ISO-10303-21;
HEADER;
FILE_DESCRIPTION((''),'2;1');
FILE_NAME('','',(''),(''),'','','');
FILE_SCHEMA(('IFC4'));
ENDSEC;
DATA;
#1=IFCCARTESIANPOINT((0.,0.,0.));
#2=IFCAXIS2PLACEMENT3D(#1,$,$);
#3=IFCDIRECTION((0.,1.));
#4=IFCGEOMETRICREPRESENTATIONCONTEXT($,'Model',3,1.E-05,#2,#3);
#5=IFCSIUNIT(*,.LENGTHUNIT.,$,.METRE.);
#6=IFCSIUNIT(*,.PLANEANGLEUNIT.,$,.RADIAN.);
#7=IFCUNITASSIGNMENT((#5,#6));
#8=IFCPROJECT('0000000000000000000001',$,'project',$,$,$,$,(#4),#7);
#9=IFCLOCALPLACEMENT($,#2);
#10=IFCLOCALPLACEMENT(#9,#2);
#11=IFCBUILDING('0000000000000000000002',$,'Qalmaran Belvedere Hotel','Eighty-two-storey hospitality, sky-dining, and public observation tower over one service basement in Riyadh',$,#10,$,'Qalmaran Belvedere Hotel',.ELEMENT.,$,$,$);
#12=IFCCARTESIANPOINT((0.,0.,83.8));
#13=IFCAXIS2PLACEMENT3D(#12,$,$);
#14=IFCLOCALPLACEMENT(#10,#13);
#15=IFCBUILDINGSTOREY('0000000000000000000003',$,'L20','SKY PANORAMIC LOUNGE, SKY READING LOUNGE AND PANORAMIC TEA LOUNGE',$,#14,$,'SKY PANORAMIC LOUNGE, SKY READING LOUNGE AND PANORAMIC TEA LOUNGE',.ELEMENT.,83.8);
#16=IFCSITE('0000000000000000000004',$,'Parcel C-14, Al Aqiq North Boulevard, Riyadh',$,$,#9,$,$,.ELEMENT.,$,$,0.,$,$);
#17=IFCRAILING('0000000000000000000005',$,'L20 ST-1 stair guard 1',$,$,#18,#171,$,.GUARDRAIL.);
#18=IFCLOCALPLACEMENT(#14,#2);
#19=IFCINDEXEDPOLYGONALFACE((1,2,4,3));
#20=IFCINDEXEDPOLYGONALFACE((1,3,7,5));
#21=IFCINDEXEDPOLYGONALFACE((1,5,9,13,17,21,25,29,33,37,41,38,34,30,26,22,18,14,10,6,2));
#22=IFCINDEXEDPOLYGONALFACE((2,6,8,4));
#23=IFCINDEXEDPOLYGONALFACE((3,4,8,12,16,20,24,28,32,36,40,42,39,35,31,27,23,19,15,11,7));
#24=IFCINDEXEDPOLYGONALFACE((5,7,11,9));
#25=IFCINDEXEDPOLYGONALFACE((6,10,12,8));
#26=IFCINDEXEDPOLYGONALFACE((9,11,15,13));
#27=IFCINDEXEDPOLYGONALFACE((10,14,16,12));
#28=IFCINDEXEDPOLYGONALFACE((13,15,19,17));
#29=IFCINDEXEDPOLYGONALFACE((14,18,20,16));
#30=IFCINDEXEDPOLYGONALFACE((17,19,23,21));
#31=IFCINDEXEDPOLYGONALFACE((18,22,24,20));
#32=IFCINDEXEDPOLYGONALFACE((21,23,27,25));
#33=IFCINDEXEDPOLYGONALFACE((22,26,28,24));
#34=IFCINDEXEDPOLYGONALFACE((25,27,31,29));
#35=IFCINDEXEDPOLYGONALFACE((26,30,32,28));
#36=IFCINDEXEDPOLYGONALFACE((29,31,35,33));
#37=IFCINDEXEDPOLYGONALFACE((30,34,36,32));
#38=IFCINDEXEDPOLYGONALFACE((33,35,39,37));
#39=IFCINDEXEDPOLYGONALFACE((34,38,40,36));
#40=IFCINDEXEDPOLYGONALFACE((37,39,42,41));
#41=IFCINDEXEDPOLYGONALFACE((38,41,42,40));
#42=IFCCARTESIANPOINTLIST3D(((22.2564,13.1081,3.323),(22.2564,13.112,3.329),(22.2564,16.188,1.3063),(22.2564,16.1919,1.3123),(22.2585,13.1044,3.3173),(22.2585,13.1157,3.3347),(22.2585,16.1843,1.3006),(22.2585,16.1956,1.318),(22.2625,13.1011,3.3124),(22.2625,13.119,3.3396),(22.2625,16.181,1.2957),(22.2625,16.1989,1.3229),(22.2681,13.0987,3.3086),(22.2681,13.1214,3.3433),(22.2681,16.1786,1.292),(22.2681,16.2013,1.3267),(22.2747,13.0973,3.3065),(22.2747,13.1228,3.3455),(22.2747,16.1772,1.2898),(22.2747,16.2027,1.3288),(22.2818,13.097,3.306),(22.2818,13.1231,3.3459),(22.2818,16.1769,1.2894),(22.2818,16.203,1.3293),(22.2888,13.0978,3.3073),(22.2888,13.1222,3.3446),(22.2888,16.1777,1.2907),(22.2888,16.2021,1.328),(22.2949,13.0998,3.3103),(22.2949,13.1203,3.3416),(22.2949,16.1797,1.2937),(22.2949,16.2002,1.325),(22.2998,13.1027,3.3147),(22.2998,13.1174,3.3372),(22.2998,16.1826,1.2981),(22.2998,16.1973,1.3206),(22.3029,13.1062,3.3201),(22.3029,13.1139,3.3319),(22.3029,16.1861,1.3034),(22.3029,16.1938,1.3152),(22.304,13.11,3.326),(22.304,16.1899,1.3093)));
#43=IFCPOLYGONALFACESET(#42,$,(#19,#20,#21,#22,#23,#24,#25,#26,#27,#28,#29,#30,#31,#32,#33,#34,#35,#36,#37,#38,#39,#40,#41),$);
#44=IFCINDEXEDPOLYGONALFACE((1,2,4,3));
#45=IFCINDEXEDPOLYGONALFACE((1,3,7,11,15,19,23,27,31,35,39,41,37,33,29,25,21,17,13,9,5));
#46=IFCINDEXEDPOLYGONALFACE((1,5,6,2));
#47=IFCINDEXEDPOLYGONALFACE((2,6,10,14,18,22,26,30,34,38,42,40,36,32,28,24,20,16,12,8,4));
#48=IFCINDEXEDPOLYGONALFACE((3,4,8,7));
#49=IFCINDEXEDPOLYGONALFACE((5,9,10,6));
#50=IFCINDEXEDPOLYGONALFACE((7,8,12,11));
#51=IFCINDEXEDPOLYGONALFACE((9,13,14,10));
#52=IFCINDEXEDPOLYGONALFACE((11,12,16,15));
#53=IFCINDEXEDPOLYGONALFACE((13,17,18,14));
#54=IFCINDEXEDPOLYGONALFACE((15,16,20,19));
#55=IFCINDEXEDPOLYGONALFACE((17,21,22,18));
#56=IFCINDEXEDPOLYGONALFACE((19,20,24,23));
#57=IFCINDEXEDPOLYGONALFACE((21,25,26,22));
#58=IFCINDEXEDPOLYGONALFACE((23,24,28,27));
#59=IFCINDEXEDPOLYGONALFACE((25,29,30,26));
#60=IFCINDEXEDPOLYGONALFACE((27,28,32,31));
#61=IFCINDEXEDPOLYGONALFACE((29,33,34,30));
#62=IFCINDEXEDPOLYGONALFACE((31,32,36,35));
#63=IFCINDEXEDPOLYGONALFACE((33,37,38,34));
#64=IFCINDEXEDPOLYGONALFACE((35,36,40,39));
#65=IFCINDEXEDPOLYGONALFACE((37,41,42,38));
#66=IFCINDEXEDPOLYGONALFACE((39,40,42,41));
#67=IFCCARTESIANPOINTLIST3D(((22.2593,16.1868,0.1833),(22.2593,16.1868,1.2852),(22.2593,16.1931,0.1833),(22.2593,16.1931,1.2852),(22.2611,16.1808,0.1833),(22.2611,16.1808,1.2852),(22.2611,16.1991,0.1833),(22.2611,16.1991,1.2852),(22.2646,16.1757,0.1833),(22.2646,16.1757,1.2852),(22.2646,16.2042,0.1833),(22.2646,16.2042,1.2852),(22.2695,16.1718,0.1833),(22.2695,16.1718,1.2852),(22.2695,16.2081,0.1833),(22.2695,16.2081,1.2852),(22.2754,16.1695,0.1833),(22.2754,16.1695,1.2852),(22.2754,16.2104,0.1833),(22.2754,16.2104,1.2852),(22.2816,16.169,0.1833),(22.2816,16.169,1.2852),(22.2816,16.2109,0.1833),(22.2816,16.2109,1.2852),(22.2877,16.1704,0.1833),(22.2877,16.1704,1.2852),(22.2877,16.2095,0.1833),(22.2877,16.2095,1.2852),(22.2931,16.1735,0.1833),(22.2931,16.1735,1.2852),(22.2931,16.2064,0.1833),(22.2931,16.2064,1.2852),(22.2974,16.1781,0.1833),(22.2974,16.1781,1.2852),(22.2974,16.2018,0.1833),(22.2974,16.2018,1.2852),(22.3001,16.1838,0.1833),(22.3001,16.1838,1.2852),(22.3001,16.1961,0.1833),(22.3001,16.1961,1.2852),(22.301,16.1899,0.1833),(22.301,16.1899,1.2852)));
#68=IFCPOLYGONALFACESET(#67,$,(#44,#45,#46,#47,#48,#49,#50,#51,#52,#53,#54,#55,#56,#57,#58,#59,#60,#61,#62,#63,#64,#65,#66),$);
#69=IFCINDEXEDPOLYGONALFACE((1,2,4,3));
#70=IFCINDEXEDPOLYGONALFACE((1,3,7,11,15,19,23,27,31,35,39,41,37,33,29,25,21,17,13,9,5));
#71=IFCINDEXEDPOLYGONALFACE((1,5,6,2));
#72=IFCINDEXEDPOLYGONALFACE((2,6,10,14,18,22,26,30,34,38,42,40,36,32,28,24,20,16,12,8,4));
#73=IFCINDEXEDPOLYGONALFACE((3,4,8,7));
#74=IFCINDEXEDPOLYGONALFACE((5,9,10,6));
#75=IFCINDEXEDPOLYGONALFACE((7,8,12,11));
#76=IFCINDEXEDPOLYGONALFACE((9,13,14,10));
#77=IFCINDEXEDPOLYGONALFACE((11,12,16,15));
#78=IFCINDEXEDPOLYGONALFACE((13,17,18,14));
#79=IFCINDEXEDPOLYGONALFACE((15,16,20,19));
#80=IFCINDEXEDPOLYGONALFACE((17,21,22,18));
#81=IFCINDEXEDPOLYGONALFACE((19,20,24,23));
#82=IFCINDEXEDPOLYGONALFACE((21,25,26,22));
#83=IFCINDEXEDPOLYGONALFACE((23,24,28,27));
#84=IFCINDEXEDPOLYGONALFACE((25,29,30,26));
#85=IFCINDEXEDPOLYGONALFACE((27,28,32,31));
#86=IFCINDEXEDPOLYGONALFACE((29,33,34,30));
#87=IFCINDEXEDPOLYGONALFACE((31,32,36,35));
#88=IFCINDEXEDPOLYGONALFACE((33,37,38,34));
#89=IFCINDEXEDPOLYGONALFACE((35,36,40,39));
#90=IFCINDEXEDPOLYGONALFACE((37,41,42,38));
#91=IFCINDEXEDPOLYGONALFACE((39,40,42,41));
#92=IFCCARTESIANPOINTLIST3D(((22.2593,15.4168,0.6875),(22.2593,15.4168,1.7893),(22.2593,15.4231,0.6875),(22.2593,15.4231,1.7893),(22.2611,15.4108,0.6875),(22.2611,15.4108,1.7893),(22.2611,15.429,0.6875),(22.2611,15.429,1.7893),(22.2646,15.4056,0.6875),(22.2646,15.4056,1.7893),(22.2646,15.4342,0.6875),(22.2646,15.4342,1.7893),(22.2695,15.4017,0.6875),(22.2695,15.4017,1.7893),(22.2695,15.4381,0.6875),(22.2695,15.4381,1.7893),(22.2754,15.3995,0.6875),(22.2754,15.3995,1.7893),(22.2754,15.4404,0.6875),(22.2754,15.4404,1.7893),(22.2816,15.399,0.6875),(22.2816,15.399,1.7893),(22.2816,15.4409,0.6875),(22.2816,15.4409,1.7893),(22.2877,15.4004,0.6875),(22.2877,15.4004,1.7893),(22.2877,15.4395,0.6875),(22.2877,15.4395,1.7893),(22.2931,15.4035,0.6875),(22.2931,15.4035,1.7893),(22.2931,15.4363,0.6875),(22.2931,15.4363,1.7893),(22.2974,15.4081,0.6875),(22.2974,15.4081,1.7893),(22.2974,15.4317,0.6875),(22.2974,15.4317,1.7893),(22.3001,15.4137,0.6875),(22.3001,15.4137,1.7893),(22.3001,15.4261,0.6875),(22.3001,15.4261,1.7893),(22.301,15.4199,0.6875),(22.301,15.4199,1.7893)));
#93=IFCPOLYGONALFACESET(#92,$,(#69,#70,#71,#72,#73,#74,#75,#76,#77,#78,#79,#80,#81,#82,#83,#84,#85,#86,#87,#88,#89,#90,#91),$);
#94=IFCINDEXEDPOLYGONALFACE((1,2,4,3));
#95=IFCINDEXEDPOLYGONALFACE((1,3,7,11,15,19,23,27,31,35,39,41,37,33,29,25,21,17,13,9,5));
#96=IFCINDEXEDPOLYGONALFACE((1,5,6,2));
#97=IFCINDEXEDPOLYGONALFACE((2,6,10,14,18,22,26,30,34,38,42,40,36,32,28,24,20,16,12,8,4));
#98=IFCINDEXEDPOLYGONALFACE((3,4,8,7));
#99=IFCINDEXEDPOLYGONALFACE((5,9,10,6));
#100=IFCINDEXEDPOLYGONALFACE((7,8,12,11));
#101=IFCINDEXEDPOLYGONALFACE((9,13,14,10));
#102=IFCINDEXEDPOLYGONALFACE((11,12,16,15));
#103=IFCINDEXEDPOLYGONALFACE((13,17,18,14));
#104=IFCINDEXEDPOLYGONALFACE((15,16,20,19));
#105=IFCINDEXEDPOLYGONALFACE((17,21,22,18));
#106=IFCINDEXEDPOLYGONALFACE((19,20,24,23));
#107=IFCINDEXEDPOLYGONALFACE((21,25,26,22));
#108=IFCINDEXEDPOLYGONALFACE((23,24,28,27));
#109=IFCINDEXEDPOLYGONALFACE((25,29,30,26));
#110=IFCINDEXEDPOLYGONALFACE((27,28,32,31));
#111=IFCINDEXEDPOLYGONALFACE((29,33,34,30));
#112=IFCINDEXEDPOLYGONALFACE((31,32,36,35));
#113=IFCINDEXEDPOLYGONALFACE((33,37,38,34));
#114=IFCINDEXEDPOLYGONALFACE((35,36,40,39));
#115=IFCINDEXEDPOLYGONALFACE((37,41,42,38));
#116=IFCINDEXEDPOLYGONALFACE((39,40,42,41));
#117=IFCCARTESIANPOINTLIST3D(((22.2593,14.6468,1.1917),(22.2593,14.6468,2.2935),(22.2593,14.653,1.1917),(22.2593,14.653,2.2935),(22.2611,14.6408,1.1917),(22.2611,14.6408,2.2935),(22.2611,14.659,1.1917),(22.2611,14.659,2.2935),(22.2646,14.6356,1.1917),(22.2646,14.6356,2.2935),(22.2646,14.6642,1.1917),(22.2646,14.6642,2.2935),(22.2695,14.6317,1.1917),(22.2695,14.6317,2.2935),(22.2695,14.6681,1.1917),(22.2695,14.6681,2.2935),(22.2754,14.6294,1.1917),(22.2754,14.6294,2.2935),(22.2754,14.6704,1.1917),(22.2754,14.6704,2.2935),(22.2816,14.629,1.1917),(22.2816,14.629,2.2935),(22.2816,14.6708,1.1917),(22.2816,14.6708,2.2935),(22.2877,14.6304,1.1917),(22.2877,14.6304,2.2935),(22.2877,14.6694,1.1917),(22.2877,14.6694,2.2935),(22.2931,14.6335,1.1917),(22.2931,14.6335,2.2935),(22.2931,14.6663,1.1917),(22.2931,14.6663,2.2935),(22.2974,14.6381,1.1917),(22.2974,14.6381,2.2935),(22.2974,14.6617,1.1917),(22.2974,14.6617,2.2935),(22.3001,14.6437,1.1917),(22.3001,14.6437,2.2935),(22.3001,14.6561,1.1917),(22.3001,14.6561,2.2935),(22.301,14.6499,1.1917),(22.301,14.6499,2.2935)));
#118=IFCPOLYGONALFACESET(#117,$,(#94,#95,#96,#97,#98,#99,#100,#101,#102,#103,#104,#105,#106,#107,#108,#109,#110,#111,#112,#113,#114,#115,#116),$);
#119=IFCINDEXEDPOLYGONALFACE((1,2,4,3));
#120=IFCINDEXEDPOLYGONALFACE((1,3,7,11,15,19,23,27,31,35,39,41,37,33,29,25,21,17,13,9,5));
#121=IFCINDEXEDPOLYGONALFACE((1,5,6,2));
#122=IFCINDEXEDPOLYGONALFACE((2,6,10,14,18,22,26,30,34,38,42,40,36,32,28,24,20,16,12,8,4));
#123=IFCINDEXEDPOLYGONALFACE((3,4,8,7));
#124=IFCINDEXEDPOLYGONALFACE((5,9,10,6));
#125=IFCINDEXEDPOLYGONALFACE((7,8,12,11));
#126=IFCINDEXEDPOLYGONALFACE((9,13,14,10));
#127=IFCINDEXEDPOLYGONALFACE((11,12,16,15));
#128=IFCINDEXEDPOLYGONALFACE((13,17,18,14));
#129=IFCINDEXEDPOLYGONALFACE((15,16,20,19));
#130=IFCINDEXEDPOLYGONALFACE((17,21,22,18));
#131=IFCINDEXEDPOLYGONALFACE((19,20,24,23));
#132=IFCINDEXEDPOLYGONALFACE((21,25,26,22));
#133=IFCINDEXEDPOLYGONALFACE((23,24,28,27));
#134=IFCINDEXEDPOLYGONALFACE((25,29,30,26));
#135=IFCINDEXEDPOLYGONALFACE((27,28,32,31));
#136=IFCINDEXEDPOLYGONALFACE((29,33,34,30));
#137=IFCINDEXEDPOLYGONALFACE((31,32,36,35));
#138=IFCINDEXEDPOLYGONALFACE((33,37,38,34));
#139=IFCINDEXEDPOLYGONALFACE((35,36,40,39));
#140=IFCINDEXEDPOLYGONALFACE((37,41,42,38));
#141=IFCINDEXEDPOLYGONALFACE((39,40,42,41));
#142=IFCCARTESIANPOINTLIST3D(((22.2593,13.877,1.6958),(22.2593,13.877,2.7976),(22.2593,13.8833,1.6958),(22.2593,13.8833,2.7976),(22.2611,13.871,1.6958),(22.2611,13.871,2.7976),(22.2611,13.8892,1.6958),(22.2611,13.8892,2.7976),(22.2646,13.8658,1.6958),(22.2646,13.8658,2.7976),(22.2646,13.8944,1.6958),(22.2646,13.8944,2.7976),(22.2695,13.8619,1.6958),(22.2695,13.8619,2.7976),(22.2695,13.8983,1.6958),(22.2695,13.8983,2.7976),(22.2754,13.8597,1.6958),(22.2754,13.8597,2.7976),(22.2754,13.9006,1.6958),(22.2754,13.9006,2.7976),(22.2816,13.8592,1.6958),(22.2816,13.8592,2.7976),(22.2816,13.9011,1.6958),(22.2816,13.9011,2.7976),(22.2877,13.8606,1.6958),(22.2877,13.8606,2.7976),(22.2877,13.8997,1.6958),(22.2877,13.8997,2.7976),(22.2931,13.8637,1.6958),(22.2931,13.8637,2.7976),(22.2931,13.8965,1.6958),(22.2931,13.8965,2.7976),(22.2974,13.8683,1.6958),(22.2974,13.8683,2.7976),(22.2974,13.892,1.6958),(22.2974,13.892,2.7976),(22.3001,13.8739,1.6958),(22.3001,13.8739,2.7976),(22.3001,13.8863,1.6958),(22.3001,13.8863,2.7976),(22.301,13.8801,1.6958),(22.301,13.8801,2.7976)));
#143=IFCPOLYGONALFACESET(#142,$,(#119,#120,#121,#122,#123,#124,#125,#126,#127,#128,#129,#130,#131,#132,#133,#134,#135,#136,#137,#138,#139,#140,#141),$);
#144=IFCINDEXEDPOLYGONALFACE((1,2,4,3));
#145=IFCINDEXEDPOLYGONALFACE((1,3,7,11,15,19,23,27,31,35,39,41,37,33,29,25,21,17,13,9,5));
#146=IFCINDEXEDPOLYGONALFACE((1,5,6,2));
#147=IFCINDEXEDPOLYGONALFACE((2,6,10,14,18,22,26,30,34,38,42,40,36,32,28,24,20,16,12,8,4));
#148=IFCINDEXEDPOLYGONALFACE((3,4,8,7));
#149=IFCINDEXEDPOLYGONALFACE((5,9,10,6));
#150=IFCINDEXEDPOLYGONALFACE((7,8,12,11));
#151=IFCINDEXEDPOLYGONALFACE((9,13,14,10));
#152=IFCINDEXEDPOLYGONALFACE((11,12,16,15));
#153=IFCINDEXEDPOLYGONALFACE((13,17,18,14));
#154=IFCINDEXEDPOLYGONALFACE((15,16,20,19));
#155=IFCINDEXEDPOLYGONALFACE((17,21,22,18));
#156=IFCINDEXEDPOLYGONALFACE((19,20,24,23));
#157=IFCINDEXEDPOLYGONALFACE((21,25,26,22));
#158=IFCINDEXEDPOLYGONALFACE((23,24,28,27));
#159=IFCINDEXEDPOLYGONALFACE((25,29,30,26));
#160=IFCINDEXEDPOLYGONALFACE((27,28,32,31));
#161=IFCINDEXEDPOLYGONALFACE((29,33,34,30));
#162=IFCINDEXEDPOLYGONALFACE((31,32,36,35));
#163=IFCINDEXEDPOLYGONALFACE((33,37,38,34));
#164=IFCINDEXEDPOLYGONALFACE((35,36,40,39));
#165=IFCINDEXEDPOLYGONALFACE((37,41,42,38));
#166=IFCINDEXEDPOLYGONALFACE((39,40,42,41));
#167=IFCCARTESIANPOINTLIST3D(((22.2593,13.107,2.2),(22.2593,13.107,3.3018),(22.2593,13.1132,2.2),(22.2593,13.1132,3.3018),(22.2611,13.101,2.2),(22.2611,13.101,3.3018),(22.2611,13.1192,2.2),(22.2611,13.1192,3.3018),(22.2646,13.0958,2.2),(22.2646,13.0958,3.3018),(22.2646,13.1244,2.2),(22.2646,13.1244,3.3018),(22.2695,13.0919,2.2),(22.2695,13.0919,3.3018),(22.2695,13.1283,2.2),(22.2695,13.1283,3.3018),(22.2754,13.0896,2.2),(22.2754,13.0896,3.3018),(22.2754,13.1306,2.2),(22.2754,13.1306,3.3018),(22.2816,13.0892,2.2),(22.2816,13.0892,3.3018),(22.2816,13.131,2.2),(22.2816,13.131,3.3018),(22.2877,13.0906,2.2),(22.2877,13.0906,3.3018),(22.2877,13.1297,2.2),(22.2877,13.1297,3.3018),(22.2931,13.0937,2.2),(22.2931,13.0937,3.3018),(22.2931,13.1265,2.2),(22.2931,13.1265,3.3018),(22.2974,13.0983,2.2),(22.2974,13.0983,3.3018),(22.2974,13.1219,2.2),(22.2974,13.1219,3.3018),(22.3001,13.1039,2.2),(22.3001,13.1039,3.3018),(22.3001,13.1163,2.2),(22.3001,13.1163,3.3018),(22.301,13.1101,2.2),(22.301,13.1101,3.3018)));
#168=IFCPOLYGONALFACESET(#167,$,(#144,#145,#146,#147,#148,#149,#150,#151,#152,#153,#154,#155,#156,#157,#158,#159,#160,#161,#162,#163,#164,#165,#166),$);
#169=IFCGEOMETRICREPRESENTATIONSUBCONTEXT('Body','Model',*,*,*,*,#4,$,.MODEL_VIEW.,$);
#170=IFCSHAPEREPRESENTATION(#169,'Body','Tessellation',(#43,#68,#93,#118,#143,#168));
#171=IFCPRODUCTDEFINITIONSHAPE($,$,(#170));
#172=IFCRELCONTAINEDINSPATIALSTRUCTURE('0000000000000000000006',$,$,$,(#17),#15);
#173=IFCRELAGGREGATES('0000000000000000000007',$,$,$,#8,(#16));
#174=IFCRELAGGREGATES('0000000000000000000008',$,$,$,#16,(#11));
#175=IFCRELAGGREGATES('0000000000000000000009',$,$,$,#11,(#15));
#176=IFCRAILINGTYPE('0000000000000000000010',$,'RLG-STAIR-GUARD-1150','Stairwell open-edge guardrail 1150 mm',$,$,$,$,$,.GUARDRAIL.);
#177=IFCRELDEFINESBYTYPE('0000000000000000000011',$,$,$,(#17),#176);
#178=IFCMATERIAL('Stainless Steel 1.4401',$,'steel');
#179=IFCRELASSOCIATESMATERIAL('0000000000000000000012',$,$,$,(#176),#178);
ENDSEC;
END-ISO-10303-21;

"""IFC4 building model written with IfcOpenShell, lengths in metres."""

from ifc_helpers import new_model, si_unit, direction, frame, origin, origin_2d, place, context, subcontext, project, spatial, circle, extrude, material, type_object, element, save


model = new_model("IFC4")

# Units and contexts
model_context = context("Model", 3, precision=1e-05, world=origin(), true_north=direction((0.0, 1.0)))
body_context = subcontext(model_context, "Body", "Model", "MODEL_VIEW")
ifc_project = project(units=[si_unit("LENGTHUNIT", "METRE"), si_unit("PLANEANGLEUNIT", "RADIAN")], contexts=[model_context])

# Site, building, storey
site_placement = place(None, origin())
site = spatial("IfcSite", under=ifc_project, at=site_placement, Name="Parcel C-14, Al Aqiq North Boulevard, Riyadh", CompositionType="ELEMENT", RefElevation=0.0)
building_placement = place(site_placement, origin())
building = spatial("IfcBuilding", under=site, at=building_placement, Name="Qalmaran Belvedere Hotel", Description="Eighty-two-storey hospitality, sky-dining, and public observation tower over one service basement in Riyadh", LongName="Qalmaran Belvedere Hotel", CompositionType="ELEMENT")
storey_placement = place(building_placement, frame((0.0, 0.0, 83.8)))
storey = spatial("IfcBuildingStorey", under=building, at=storey_placement, Name="L20", Description="SKY PANORAMIC LOUNGE, SKY READING LOUNGE AND PANORAMIC TEA LOUNGE", LongName="SKY PANORAMIC LOUNGE, SKY READING LOUNGE AND PANORAMIC TEA LOUNGE", CompositionType="ELEMENT", Elevation=83.8)

# Railing
ifc_material_1 = material(Name="Stainless Steel 1.4401", Category="steel")
railing_type_1 = type_object("IfcRailingType", Name="RLG-STAIR-GUARD-1150", Description="Stairwell open-edge guardrail 1150 mm", PredefinedType="GUARDRAIL", material=ifc_material_1)
railing_1_placement = place(storey_placement, frame((22.28, 16.1899, 0.1833)))
element("IfcRailing", 1, at=railing_1_placement, inside=storey, type_object=railing_type_1, Name="L20 ST-1 stair guard 1", PredefinedType="GUARDRAIL", context=body_context, shape_type="SweptSolid", body=[
    extrude(circle(Radius=0.0239, at=origin_2d()), frame((0.0, 0.0, 1.126), z_axis=(0.0, -0.836613, 0.547794), x_axis=(1.0, 0.0, 0.0)), (0.0, 0.0, 1.0), 3.6814),
    extrude(circle(Radius=0.021, at=origin_2d()), origin(), (0.0, 0.0, 1.0), 1.1018),
    extrude(circle(Radius=0.021, at=origin_2d()), frame((0.0, -0.77, 0.5042)), (0.0, 0.0, 1.0), 1.1018),
    extrude(circle(Radius=0.021, at=origin_2d()), frame((0.0, -1.54, 1.0083)), (0.0, 0.0, 1.0), 1.1018),
    extrude(circle(Radius=0.021, at=origin_2d()), frame((0.0, -2.3098, 1.5125)), (0.0, 0.0, 1.0), 1.1018),
    extrude(circle(Radius=0.021, at=origin_2d()), frame((0.0, -3.0798, 2.0166)), (0.0, 0.0, 1.0), 1.1018),
])

save(model, "model.ifc")
